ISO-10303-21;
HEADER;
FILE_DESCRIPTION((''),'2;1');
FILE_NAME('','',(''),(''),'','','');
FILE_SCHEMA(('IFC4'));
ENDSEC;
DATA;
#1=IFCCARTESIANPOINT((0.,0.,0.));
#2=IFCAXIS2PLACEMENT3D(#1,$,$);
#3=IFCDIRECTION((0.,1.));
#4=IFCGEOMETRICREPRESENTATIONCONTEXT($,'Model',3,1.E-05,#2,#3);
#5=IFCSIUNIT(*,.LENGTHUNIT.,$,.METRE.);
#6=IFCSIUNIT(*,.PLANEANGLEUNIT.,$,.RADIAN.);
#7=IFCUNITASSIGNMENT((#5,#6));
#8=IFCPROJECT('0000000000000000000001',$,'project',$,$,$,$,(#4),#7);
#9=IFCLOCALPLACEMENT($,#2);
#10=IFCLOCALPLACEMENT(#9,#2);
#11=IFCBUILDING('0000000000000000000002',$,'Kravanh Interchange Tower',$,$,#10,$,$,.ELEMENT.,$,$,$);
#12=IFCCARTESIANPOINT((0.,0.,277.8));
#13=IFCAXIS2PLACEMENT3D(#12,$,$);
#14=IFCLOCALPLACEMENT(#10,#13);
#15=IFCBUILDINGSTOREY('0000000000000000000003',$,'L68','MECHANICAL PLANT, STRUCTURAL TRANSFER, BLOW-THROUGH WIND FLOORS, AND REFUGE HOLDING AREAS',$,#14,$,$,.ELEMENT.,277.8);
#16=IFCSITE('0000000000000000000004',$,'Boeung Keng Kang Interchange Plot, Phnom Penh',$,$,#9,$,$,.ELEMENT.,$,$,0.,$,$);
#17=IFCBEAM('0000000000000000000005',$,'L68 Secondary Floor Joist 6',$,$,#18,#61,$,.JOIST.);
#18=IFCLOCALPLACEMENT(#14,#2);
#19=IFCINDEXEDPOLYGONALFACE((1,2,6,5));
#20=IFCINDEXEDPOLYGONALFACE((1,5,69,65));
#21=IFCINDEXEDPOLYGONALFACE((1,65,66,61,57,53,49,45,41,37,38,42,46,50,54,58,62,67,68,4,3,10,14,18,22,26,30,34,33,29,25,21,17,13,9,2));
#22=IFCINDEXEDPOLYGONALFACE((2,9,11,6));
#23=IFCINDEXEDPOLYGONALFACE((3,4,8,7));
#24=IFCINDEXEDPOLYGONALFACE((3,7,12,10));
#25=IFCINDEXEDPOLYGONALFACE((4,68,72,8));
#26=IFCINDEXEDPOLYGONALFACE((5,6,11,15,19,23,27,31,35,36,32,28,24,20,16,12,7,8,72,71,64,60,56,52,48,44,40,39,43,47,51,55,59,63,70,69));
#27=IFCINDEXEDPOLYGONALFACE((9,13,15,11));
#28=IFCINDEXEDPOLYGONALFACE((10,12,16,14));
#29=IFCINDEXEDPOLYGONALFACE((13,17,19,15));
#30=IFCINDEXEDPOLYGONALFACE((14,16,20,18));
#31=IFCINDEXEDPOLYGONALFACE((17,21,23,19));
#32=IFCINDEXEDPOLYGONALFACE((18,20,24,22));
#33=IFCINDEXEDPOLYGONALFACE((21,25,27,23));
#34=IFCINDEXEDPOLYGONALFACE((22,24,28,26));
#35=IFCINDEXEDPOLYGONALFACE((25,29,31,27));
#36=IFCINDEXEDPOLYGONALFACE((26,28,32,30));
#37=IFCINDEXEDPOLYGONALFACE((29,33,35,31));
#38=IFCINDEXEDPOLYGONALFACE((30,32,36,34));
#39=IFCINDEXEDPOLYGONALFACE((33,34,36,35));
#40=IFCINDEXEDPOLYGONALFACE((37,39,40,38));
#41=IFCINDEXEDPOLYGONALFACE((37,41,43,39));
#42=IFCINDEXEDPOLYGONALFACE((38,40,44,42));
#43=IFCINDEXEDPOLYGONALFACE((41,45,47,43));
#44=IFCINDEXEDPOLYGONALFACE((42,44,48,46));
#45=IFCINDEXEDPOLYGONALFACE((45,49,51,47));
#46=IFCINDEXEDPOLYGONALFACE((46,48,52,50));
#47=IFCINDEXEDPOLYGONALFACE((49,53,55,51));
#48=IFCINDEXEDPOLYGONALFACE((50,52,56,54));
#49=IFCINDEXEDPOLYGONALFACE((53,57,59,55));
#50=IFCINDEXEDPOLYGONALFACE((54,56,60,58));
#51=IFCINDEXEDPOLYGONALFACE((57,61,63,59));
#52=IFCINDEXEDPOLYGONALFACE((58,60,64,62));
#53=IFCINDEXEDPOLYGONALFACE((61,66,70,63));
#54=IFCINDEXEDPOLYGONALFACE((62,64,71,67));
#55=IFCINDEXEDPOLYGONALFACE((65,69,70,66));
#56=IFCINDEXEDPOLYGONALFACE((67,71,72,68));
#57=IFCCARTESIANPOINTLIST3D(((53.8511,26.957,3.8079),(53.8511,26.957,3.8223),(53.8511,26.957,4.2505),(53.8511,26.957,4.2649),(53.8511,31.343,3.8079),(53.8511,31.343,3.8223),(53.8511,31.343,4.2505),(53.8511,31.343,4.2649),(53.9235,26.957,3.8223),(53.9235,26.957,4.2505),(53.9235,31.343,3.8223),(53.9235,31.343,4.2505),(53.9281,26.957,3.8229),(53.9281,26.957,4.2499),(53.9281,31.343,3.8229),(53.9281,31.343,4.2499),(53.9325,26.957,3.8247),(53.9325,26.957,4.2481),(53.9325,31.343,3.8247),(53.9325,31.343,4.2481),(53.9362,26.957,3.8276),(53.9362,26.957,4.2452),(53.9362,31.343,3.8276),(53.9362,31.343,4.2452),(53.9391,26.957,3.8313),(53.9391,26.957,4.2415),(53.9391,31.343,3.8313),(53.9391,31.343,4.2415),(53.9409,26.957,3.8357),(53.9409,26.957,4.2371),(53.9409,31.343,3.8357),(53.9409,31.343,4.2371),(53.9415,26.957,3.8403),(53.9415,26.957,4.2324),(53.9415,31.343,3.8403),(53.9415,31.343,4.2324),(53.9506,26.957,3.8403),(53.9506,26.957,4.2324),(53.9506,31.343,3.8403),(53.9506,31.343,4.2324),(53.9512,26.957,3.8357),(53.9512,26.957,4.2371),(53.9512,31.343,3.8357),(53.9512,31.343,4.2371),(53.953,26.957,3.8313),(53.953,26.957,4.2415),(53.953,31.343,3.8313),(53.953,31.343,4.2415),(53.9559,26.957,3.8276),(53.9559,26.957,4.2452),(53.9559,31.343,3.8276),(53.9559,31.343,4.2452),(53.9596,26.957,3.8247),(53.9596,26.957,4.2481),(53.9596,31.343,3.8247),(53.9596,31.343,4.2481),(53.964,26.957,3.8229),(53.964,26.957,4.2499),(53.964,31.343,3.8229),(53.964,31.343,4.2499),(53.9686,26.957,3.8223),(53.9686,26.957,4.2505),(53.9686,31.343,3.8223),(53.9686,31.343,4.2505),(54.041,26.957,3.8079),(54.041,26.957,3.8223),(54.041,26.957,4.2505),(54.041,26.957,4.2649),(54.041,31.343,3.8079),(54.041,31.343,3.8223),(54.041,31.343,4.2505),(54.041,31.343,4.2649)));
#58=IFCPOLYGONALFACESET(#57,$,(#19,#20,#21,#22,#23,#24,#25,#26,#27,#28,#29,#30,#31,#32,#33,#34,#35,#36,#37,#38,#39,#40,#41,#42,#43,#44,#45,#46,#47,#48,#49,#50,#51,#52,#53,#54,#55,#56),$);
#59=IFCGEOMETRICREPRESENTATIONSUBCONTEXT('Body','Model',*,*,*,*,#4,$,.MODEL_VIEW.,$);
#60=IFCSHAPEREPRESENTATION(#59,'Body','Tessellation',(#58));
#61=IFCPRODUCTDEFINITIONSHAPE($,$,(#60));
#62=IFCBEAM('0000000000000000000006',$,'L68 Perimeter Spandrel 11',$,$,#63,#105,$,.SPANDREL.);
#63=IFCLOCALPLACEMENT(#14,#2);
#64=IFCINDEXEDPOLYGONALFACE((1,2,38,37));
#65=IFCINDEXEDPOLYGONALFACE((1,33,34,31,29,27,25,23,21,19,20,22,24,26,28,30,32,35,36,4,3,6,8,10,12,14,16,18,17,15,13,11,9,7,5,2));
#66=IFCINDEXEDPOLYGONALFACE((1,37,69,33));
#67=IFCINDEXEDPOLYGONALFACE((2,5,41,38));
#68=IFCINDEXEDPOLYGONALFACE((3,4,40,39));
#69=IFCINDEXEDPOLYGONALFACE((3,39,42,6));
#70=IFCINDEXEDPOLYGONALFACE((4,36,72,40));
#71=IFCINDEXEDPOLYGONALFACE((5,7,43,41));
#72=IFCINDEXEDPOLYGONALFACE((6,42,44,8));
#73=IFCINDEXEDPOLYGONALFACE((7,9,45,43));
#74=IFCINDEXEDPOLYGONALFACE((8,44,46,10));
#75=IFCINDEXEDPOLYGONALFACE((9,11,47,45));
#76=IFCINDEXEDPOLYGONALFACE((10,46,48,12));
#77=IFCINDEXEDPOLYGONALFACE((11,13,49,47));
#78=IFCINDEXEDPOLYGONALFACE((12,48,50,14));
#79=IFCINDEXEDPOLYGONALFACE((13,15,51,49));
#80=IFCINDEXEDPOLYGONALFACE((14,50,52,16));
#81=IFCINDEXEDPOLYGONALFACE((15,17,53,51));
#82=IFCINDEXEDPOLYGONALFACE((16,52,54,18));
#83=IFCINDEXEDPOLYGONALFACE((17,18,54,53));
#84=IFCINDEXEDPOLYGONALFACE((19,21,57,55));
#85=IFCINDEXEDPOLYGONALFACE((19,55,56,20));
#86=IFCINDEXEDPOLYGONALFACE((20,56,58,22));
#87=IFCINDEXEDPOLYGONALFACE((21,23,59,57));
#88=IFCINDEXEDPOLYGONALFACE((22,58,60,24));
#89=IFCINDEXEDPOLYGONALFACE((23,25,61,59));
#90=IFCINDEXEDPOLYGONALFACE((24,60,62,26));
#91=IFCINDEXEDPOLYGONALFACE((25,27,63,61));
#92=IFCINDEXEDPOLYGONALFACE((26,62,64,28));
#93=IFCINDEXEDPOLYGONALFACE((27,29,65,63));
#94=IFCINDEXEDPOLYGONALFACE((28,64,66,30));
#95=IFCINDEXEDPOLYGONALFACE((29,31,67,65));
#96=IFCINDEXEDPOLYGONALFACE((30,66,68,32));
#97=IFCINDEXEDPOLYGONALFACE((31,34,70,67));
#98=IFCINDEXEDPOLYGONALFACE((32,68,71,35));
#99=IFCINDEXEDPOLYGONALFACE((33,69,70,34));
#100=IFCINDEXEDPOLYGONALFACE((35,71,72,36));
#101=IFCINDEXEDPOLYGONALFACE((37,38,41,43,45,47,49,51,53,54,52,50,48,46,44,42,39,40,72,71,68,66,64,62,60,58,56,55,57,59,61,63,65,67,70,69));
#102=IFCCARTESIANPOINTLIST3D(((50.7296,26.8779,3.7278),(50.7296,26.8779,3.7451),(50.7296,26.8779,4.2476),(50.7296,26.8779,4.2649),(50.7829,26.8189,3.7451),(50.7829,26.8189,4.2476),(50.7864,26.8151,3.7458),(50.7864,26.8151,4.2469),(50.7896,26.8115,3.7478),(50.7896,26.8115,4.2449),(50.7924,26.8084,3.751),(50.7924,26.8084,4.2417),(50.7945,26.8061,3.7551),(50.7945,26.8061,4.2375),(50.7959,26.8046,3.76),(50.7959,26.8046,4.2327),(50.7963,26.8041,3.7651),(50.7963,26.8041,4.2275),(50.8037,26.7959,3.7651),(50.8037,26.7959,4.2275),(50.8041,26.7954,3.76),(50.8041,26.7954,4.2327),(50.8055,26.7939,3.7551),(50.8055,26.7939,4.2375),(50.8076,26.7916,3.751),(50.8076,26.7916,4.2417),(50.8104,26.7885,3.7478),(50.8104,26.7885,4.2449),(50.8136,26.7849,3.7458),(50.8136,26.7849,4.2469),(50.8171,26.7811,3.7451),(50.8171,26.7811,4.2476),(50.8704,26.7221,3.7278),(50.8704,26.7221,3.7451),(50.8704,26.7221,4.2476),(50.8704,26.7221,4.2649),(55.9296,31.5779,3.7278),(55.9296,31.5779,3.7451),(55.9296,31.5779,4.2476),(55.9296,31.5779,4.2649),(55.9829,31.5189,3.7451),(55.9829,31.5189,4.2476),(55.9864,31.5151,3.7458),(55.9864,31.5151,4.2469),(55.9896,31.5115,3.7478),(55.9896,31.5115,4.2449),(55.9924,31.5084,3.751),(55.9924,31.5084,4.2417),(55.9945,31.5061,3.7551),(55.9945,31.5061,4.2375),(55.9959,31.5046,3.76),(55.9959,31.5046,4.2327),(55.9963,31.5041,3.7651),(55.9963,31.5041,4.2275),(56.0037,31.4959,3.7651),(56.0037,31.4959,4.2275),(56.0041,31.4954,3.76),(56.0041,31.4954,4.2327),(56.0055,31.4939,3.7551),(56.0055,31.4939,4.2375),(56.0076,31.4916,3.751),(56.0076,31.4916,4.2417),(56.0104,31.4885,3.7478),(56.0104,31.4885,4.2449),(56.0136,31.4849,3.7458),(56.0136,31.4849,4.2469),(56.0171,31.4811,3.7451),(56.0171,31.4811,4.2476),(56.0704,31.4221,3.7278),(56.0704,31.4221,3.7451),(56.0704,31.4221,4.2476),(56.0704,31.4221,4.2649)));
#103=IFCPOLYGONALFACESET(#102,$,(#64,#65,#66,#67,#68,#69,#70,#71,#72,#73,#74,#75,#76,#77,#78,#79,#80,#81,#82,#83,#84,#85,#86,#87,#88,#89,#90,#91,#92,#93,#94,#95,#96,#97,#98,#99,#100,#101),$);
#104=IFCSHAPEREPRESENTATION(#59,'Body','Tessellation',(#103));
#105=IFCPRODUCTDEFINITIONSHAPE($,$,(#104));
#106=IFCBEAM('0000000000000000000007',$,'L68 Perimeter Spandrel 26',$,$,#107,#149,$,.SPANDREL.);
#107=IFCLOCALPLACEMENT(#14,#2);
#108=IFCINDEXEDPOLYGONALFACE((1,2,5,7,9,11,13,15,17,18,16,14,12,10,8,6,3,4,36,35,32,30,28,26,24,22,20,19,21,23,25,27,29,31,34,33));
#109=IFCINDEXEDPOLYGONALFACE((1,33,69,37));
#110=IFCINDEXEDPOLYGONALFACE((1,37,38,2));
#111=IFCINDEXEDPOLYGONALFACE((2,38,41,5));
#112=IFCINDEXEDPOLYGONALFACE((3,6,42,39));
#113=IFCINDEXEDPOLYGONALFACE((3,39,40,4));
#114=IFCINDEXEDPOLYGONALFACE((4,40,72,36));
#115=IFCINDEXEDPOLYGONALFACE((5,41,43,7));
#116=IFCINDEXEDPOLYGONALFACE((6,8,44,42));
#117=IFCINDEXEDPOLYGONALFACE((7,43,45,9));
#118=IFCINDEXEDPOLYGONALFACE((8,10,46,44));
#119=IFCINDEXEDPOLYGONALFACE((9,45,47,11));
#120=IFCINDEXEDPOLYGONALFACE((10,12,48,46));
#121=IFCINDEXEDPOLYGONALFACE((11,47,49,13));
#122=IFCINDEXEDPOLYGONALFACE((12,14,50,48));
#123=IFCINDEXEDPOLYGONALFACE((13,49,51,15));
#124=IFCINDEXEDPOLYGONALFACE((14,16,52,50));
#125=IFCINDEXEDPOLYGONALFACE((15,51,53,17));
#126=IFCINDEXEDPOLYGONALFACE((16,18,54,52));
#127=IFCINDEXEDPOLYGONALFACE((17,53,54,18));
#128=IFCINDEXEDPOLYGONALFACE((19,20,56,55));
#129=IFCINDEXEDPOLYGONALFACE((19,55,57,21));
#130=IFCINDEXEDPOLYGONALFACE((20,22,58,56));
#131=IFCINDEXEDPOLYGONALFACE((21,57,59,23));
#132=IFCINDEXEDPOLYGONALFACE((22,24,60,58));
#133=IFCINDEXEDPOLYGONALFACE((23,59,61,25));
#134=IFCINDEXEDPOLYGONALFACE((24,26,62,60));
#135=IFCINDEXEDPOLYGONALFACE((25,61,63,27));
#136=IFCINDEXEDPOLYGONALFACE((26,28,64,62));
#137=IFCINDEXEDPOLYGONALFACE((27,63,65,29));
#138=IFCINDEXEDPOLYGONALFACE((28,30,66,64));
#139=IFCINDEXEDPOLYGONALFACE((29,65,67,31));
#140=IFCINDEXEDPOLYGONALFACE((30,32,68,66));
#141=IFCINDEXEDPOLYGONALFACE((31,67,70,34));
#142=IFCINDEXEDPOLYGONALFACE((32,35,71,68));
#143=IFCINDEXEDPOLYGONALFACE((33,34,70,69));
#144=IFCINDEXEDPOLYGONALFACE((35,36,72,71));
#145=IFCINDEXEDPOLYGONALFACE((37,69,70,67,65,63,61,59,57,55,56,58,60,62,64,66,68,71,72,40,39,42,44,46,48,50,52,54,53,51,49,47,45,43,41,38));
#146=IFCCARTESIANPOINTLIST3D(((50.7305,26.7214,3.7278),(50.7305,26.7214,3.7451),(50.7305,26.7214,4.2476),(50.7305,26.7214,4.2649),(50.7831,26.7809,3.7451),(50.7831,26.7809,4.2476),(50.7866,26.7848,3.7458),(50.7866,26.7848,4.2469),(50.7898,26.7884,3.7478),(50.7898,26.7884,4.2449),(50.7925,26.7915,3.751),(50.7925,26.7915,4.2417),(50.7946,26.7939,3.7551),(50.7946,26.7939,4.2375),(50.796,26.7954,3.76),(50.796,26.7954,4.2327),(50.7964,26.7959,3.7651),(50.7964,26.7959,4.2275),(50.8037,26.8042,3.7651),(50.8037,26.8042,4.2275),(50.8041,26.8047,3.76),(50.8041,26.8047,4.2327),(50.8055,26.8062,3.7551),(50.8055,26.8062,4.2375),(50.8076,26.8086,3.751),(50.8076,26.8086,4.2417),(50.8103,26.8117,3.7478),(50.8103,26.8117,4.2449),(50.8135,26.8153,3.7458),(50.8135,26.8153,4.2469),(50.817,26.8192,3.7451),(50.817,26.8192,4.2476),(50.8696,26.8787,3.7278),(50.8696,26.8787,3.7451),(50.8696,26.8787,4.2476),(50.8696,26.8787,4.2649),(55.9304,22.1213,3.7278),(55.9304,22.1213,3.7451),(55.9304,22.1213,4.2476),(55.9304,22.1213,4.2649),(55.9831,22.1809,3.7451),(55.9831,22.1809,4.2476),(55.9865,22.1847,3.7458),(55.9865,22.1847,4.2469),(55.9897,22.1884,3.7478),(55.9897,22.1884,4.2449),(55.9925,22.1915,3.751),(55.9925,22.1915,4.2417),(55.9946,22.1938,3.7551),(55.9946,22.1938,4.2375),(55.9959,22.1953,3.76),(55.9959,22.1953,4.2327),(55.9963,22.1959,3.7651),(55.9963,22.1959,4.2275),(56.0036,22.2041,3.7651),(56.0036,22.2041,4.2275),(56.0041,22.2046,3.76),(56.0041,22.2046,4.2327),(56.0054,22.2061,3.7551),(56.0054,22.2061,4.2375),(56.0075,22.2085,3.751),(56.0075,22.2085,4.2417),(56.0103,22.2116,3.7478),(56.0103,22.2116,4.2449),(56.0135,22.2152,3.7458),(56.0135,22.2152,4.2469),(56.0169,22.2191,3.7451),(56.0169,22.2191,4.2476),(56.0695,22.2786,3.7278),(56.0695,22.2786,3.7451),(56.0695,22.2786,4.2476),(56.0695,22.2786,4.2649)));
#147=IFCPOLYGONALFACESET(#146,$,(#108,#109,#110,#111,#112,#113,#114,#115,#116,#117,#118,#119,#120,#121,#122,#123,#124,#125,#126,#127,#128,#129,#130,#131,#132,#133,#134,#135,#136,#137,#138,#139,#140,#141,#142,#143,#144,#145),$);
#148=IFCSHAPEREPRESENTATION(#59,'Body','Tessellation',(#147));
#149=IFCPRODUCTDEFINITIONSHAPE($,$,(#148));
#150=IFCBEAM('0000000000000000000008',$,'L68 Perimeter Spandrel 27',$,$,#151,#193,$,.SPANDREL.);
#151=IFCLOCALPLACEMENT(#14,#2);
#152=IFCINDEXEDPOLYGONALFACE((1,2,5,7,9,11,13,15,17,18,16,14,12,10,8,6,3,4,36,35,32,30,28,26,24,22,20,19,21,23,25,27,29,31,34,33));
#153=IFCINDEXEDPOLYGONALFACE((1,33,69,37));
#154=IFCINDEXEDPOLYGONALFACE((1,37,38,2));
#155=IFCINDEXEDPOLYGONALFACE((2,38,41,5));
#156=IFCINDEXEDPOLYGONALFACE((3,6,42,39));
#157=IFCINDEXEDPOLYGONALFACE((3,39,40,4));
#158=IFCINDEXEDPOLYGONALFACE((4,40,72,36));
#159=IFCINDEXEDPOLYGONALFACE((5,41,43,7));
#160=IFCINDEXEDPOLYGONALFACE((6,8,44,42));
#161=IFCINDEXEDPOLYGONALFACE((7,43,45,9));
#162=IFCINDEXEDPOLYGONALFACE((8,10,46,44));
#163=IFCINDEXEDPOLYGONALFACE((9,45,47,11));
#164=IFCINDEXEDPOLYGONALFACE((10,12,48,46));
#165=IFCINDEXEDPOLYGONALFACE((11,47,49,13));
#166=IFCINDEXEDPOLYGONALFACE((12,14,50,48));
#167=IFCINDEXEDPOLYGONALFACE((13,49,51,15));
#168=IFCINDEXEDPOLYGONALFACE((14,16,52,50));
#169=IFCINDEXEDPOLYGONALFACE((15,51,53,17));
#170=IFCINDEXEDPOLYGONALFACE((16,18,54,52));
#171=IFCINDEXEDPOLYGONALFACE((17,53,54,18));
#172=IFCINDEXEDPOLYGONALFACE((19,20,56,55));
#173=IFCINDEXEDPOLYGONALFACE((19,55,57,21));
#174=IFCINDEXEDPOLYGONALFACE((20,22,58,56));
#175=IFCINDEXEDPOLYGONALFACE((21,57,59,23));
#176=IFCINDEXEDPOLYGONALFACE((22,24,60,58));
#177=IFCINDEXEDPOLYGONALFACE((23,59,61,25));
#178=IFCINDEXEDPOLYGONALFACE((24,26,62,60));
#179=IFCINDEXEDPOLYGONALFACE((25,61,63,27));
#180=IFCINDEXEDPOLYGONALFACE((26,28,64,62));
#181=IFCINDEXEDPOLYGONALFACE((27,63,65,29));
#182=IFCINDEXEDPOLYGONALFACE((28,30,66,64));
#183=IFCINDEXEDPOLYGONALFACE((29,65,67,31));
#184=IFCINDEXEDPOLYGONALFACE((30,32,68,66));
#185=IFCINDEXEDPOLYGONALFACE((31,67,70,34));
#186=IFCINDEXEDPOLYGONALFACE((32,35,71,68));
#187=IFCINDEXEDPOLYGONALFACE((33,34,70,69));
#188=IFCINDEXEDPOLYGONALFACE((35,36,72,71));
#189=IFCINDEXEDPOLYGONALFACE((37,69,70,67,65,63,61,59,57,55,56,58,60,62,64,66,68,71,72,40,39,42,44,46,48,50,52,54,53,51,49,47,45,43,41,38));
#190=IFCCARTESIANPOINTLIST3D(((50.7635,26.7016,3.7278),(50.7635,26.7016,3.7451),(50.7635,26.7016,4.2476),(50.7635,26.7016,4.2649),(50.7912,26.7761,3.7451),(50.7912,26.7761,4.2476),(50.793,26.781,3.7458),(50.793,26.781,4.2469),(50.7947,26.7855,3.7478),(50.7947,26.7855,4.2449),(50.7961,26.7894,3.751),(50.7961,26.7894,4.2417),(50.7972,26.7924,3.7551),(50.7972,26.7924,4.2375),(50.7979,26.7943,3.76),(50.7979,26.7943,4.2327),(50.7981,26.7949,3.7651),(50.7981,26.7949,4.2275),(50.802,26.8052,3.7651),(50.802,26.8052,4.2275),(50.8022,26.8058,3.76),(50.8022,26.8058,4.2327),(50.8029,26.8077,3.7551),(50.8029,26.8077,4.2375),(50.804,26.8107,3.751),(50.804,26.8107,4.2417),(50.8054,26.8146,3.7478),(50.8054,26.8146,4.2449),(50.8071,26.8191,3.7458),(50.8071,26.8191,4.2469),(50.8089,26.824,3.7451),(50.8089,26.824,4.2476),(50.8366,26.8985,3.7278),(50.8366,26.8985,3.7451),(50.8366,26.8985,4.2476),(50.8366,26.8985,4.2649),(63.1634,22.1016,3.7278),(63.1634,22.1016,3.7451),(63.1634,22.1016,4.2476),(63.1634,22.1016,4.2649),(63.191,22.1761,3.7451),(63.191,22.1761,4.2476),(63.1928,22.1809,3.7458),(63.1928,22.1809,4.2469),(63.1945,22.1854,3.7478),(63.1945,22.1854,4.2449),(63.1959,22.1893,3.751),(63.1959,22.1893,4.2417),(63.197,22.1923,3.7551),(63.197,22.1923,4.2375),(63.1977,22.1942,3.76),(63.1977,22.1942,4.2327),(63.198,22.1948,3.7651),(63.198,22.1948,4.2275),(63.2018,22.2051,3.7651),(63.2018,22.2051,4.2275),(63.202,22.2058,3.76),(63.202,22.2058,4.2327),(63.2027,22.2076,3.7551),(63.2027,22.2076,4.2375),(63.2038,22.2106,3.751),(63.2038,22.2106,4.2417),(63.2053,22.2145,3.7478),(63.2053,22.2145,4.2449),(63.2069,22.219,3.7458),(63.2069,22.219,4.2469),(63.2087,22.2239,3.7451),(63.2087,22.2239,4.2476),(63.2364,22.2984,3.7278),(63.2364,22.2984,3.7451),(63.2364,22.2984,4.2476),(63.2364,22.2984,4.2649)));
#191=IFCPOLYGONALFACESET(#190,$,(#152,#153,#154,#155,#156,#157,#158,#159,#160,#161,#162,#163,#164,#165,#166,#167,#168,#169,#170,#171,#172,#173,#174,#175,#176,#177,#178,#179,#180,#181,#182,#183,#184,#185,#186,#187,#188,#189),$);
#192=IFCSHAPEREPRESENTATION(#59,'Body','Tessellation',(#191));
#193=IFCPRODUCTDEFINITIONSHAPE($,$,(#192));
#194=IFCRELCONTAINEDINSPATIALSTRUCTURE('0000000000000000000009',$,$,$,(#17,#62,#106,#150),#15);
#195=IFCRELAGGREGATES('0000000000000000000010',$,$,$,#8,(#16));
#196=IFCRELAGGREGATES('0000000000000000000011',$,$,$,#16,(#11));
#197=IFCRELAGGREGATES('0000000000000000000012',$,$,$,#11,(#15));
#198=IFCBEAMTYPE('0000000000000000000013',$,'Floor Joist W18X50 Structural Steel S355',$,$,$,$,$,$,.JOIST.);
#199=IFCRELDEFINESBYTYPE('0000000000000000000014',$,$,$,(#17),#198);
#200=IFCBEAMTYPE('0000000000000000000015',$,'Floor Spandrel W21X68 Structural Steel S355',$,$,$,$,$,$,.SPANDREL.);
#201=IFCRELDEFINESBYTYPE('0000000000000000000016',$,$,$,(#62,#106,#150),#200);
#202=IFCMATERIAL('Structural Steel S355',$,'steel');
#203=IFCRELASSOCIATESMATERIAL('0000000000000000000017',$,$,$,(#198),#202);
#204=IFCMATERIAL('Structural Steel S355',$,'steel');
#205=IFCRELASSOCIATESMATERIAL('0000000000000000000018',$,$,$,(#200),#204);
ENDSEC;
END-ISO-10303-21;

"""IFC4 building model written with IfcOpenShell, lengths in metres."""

from ifc_helpers import new_model, si_unit, direction, frame, origin, origin_2d, place, context, subcontext, project, spatial, i_section, extrude, material, material_profile, profile_set, type_object, element, save


model = new_model("IFC4")

# Units and contexts
model_context = context("Model", 3, precision=1e-05, world=origin(), true_north=direction((0.0, 1.0)))
body_context = subcontext(model_context, "Body", "Model", "MODEL_VIEW")
ifc_project = project(units=[si_unit("LENGTHUNIT", "METRE"), si_unit("PLANEANGLEUNIT", "RADIAN")], contexts=[model_context])

# Site, building, storey
site_placement = place(None, origin())
site = spatial("IfcSite", under=ifc_project, at=site_placement, Name="Boeung Keng Kang Interchange Plot, Phnom Penh", CompositionType="ELEMENT", RefElevation=0.0)
building_placement = place(site_placement, origin())
building = spatial("IfcBuilding", under=site, at=building_placement, Name="Kravanh Interchange Tower", CompositionType="ELEMENT")
storey_placement = place(building_placement, frame((0.0, 0.0, 277.8)))
storey = spatial("IfcBuildingStorey", under=building, at=storey_placement, Name="L68", Description="MECHANICAL PLANT, STRUCTURAL TRANSFER, BLOW-THROUGH WIND FLOORS, AND REFUGE HOLDING AREAS", CompositionType="ELEMENT", Elevation=277.8)

# Beams
ifc_material_1 = material(Name="Structural Steel S355", Category="steel")
ifc_material_profile_1 = material_profile(ifc_material_1, i_section(OverallWidth=0.1899, OverallDepth=0.457, WebThickness=0.009, FlangeThickness=0.0144, FilletRadius=0.0181, at=origin_2d()), Name="W18X50")
ifc_profile_set_1 = profile_set([ifc_material_profile_1], Name="Structural Steel S355")
beam_type_1 = type_object("IfcBeamType", Name="Floor Joist W18X50 Structural Steel S355", PredefinedType="JOIST", material=ifc_profile_set_1)
for number, where, z_axis, x_axis, name in (
    (1, (53.946, 26.957, 4.0364), (0.0, 1.0, 0.0), (-1.0, 0.0, 0.0), "L68 Secondary Floor Joist 6"),
):
    element("IfcBeam", number, at=place(storey_placement, frame(where, z_axis=z_axis, x_axis=x_axis)), inside=storey, type_object=beam_type_1, Name=name, PredefinedType="JOIST", context=body_context, shape_type="SweptSolid", body=[
        extrude(i_section(OverallWidth=0.1899, OverallDepth=0.457, WebThickness=0.009, FlangeThickness=0.0144, FilletRadius=0.0181, at=origin_2d()), origin(), (0.0, 0.0, 1.0), 4.386),
    ])
ifc_material_2 = material(Name="Structural Steel S355", Category="steel")
ifc_material_profile_2 = material_profile(ifc_material_2, i_section(OverallWidth=0.21, OverallDepth=0.5371, WebThickness=0.011, FlangeThickness=0.0173, FilletRadius=0.02, at=origin_2d()), Name="W21X68")
ifc_profile_set_2 = profile_set([ifc_material_profile_2], Name="Structural Steel S355")
beam_type_2 = type_object("IfcBeamType", Name="Floor Spandrel W21X68 Structural Steel S355", PredefinedType="SPANDREL", material=ifc_profile_set_2)
beam_1_placement = place(storey_placement, frame((56.0, 31.5, 3.9963), z_axis=(-0.741874, -0.670539, 0.0), x_axis=(0.670539, -0.741874, 0.0)))
element("IfcBeam", 2, at=beam_1_placement, inside=storey, type_object=beam_type_2, Name="L68 Perimeter Spandrel 11", PredefinedType="SPANDREL", context=body_context, shape_type="SweptSolid", body=[
    extrude(i_section(OverallWidth=0.21, OverallDepth=0.5371, WebThickness=0.011, FlangeThickness=0.0173, FilletRadius=0.02, at=origin_2d()), origin(), (0.0, 0.0, 1.0), 7.0093),
])
beam_2_placement = place(storey_placement, frame((50.8, 26.8, 3.9963), z_axis=(0.748986, -0.662585, 0.0), x_axis=(0.662585, 0.748986, 0.0)))
element("IfcBeam", 3, at=beam_2_placement, inside=storey, type_object=beam_type_2, Name="L68 Perimeter Spandrel 26", PredefinedType="SPANDREL", context=body_context, shape_type="SweptSolid", body=[
    extrude(i_section(OverallWidth=0.21, OverallDepth=0.5371, WebThickness=0.011, FlangeThickness=0.0173, FilletRadius=0.02, at=origin_2d()), origin(), (0.0, 0.0, 1.0), 6.9426),
])
beam_3_placement = place(storey_placement, frame((50.8, 26.8, 3.9963), z_axis=(0.937563, -0.347816, 0.0), x_axis=(0.347816, 0.937563, 0.0)))
element("IfcBeam", 4, at=beam_3_placement, inside=storey, type_object=beam_type_2, Name="L68 Perimeter Spandrel 27", PredefinedType="SPANDREL", context=body_context, shape_type="SweptSolid", body=[
    extrude(i_section(OverallWidth=0.21, OverallDepth=0.5371, WebThickness=0.011, FlangeThickness=0.0173, FilletRadius=0.02, at=origin_2d()), origin(), (0.0, 0.0, 1.0), 13.2256),
])

save(model, "model.ifc")
